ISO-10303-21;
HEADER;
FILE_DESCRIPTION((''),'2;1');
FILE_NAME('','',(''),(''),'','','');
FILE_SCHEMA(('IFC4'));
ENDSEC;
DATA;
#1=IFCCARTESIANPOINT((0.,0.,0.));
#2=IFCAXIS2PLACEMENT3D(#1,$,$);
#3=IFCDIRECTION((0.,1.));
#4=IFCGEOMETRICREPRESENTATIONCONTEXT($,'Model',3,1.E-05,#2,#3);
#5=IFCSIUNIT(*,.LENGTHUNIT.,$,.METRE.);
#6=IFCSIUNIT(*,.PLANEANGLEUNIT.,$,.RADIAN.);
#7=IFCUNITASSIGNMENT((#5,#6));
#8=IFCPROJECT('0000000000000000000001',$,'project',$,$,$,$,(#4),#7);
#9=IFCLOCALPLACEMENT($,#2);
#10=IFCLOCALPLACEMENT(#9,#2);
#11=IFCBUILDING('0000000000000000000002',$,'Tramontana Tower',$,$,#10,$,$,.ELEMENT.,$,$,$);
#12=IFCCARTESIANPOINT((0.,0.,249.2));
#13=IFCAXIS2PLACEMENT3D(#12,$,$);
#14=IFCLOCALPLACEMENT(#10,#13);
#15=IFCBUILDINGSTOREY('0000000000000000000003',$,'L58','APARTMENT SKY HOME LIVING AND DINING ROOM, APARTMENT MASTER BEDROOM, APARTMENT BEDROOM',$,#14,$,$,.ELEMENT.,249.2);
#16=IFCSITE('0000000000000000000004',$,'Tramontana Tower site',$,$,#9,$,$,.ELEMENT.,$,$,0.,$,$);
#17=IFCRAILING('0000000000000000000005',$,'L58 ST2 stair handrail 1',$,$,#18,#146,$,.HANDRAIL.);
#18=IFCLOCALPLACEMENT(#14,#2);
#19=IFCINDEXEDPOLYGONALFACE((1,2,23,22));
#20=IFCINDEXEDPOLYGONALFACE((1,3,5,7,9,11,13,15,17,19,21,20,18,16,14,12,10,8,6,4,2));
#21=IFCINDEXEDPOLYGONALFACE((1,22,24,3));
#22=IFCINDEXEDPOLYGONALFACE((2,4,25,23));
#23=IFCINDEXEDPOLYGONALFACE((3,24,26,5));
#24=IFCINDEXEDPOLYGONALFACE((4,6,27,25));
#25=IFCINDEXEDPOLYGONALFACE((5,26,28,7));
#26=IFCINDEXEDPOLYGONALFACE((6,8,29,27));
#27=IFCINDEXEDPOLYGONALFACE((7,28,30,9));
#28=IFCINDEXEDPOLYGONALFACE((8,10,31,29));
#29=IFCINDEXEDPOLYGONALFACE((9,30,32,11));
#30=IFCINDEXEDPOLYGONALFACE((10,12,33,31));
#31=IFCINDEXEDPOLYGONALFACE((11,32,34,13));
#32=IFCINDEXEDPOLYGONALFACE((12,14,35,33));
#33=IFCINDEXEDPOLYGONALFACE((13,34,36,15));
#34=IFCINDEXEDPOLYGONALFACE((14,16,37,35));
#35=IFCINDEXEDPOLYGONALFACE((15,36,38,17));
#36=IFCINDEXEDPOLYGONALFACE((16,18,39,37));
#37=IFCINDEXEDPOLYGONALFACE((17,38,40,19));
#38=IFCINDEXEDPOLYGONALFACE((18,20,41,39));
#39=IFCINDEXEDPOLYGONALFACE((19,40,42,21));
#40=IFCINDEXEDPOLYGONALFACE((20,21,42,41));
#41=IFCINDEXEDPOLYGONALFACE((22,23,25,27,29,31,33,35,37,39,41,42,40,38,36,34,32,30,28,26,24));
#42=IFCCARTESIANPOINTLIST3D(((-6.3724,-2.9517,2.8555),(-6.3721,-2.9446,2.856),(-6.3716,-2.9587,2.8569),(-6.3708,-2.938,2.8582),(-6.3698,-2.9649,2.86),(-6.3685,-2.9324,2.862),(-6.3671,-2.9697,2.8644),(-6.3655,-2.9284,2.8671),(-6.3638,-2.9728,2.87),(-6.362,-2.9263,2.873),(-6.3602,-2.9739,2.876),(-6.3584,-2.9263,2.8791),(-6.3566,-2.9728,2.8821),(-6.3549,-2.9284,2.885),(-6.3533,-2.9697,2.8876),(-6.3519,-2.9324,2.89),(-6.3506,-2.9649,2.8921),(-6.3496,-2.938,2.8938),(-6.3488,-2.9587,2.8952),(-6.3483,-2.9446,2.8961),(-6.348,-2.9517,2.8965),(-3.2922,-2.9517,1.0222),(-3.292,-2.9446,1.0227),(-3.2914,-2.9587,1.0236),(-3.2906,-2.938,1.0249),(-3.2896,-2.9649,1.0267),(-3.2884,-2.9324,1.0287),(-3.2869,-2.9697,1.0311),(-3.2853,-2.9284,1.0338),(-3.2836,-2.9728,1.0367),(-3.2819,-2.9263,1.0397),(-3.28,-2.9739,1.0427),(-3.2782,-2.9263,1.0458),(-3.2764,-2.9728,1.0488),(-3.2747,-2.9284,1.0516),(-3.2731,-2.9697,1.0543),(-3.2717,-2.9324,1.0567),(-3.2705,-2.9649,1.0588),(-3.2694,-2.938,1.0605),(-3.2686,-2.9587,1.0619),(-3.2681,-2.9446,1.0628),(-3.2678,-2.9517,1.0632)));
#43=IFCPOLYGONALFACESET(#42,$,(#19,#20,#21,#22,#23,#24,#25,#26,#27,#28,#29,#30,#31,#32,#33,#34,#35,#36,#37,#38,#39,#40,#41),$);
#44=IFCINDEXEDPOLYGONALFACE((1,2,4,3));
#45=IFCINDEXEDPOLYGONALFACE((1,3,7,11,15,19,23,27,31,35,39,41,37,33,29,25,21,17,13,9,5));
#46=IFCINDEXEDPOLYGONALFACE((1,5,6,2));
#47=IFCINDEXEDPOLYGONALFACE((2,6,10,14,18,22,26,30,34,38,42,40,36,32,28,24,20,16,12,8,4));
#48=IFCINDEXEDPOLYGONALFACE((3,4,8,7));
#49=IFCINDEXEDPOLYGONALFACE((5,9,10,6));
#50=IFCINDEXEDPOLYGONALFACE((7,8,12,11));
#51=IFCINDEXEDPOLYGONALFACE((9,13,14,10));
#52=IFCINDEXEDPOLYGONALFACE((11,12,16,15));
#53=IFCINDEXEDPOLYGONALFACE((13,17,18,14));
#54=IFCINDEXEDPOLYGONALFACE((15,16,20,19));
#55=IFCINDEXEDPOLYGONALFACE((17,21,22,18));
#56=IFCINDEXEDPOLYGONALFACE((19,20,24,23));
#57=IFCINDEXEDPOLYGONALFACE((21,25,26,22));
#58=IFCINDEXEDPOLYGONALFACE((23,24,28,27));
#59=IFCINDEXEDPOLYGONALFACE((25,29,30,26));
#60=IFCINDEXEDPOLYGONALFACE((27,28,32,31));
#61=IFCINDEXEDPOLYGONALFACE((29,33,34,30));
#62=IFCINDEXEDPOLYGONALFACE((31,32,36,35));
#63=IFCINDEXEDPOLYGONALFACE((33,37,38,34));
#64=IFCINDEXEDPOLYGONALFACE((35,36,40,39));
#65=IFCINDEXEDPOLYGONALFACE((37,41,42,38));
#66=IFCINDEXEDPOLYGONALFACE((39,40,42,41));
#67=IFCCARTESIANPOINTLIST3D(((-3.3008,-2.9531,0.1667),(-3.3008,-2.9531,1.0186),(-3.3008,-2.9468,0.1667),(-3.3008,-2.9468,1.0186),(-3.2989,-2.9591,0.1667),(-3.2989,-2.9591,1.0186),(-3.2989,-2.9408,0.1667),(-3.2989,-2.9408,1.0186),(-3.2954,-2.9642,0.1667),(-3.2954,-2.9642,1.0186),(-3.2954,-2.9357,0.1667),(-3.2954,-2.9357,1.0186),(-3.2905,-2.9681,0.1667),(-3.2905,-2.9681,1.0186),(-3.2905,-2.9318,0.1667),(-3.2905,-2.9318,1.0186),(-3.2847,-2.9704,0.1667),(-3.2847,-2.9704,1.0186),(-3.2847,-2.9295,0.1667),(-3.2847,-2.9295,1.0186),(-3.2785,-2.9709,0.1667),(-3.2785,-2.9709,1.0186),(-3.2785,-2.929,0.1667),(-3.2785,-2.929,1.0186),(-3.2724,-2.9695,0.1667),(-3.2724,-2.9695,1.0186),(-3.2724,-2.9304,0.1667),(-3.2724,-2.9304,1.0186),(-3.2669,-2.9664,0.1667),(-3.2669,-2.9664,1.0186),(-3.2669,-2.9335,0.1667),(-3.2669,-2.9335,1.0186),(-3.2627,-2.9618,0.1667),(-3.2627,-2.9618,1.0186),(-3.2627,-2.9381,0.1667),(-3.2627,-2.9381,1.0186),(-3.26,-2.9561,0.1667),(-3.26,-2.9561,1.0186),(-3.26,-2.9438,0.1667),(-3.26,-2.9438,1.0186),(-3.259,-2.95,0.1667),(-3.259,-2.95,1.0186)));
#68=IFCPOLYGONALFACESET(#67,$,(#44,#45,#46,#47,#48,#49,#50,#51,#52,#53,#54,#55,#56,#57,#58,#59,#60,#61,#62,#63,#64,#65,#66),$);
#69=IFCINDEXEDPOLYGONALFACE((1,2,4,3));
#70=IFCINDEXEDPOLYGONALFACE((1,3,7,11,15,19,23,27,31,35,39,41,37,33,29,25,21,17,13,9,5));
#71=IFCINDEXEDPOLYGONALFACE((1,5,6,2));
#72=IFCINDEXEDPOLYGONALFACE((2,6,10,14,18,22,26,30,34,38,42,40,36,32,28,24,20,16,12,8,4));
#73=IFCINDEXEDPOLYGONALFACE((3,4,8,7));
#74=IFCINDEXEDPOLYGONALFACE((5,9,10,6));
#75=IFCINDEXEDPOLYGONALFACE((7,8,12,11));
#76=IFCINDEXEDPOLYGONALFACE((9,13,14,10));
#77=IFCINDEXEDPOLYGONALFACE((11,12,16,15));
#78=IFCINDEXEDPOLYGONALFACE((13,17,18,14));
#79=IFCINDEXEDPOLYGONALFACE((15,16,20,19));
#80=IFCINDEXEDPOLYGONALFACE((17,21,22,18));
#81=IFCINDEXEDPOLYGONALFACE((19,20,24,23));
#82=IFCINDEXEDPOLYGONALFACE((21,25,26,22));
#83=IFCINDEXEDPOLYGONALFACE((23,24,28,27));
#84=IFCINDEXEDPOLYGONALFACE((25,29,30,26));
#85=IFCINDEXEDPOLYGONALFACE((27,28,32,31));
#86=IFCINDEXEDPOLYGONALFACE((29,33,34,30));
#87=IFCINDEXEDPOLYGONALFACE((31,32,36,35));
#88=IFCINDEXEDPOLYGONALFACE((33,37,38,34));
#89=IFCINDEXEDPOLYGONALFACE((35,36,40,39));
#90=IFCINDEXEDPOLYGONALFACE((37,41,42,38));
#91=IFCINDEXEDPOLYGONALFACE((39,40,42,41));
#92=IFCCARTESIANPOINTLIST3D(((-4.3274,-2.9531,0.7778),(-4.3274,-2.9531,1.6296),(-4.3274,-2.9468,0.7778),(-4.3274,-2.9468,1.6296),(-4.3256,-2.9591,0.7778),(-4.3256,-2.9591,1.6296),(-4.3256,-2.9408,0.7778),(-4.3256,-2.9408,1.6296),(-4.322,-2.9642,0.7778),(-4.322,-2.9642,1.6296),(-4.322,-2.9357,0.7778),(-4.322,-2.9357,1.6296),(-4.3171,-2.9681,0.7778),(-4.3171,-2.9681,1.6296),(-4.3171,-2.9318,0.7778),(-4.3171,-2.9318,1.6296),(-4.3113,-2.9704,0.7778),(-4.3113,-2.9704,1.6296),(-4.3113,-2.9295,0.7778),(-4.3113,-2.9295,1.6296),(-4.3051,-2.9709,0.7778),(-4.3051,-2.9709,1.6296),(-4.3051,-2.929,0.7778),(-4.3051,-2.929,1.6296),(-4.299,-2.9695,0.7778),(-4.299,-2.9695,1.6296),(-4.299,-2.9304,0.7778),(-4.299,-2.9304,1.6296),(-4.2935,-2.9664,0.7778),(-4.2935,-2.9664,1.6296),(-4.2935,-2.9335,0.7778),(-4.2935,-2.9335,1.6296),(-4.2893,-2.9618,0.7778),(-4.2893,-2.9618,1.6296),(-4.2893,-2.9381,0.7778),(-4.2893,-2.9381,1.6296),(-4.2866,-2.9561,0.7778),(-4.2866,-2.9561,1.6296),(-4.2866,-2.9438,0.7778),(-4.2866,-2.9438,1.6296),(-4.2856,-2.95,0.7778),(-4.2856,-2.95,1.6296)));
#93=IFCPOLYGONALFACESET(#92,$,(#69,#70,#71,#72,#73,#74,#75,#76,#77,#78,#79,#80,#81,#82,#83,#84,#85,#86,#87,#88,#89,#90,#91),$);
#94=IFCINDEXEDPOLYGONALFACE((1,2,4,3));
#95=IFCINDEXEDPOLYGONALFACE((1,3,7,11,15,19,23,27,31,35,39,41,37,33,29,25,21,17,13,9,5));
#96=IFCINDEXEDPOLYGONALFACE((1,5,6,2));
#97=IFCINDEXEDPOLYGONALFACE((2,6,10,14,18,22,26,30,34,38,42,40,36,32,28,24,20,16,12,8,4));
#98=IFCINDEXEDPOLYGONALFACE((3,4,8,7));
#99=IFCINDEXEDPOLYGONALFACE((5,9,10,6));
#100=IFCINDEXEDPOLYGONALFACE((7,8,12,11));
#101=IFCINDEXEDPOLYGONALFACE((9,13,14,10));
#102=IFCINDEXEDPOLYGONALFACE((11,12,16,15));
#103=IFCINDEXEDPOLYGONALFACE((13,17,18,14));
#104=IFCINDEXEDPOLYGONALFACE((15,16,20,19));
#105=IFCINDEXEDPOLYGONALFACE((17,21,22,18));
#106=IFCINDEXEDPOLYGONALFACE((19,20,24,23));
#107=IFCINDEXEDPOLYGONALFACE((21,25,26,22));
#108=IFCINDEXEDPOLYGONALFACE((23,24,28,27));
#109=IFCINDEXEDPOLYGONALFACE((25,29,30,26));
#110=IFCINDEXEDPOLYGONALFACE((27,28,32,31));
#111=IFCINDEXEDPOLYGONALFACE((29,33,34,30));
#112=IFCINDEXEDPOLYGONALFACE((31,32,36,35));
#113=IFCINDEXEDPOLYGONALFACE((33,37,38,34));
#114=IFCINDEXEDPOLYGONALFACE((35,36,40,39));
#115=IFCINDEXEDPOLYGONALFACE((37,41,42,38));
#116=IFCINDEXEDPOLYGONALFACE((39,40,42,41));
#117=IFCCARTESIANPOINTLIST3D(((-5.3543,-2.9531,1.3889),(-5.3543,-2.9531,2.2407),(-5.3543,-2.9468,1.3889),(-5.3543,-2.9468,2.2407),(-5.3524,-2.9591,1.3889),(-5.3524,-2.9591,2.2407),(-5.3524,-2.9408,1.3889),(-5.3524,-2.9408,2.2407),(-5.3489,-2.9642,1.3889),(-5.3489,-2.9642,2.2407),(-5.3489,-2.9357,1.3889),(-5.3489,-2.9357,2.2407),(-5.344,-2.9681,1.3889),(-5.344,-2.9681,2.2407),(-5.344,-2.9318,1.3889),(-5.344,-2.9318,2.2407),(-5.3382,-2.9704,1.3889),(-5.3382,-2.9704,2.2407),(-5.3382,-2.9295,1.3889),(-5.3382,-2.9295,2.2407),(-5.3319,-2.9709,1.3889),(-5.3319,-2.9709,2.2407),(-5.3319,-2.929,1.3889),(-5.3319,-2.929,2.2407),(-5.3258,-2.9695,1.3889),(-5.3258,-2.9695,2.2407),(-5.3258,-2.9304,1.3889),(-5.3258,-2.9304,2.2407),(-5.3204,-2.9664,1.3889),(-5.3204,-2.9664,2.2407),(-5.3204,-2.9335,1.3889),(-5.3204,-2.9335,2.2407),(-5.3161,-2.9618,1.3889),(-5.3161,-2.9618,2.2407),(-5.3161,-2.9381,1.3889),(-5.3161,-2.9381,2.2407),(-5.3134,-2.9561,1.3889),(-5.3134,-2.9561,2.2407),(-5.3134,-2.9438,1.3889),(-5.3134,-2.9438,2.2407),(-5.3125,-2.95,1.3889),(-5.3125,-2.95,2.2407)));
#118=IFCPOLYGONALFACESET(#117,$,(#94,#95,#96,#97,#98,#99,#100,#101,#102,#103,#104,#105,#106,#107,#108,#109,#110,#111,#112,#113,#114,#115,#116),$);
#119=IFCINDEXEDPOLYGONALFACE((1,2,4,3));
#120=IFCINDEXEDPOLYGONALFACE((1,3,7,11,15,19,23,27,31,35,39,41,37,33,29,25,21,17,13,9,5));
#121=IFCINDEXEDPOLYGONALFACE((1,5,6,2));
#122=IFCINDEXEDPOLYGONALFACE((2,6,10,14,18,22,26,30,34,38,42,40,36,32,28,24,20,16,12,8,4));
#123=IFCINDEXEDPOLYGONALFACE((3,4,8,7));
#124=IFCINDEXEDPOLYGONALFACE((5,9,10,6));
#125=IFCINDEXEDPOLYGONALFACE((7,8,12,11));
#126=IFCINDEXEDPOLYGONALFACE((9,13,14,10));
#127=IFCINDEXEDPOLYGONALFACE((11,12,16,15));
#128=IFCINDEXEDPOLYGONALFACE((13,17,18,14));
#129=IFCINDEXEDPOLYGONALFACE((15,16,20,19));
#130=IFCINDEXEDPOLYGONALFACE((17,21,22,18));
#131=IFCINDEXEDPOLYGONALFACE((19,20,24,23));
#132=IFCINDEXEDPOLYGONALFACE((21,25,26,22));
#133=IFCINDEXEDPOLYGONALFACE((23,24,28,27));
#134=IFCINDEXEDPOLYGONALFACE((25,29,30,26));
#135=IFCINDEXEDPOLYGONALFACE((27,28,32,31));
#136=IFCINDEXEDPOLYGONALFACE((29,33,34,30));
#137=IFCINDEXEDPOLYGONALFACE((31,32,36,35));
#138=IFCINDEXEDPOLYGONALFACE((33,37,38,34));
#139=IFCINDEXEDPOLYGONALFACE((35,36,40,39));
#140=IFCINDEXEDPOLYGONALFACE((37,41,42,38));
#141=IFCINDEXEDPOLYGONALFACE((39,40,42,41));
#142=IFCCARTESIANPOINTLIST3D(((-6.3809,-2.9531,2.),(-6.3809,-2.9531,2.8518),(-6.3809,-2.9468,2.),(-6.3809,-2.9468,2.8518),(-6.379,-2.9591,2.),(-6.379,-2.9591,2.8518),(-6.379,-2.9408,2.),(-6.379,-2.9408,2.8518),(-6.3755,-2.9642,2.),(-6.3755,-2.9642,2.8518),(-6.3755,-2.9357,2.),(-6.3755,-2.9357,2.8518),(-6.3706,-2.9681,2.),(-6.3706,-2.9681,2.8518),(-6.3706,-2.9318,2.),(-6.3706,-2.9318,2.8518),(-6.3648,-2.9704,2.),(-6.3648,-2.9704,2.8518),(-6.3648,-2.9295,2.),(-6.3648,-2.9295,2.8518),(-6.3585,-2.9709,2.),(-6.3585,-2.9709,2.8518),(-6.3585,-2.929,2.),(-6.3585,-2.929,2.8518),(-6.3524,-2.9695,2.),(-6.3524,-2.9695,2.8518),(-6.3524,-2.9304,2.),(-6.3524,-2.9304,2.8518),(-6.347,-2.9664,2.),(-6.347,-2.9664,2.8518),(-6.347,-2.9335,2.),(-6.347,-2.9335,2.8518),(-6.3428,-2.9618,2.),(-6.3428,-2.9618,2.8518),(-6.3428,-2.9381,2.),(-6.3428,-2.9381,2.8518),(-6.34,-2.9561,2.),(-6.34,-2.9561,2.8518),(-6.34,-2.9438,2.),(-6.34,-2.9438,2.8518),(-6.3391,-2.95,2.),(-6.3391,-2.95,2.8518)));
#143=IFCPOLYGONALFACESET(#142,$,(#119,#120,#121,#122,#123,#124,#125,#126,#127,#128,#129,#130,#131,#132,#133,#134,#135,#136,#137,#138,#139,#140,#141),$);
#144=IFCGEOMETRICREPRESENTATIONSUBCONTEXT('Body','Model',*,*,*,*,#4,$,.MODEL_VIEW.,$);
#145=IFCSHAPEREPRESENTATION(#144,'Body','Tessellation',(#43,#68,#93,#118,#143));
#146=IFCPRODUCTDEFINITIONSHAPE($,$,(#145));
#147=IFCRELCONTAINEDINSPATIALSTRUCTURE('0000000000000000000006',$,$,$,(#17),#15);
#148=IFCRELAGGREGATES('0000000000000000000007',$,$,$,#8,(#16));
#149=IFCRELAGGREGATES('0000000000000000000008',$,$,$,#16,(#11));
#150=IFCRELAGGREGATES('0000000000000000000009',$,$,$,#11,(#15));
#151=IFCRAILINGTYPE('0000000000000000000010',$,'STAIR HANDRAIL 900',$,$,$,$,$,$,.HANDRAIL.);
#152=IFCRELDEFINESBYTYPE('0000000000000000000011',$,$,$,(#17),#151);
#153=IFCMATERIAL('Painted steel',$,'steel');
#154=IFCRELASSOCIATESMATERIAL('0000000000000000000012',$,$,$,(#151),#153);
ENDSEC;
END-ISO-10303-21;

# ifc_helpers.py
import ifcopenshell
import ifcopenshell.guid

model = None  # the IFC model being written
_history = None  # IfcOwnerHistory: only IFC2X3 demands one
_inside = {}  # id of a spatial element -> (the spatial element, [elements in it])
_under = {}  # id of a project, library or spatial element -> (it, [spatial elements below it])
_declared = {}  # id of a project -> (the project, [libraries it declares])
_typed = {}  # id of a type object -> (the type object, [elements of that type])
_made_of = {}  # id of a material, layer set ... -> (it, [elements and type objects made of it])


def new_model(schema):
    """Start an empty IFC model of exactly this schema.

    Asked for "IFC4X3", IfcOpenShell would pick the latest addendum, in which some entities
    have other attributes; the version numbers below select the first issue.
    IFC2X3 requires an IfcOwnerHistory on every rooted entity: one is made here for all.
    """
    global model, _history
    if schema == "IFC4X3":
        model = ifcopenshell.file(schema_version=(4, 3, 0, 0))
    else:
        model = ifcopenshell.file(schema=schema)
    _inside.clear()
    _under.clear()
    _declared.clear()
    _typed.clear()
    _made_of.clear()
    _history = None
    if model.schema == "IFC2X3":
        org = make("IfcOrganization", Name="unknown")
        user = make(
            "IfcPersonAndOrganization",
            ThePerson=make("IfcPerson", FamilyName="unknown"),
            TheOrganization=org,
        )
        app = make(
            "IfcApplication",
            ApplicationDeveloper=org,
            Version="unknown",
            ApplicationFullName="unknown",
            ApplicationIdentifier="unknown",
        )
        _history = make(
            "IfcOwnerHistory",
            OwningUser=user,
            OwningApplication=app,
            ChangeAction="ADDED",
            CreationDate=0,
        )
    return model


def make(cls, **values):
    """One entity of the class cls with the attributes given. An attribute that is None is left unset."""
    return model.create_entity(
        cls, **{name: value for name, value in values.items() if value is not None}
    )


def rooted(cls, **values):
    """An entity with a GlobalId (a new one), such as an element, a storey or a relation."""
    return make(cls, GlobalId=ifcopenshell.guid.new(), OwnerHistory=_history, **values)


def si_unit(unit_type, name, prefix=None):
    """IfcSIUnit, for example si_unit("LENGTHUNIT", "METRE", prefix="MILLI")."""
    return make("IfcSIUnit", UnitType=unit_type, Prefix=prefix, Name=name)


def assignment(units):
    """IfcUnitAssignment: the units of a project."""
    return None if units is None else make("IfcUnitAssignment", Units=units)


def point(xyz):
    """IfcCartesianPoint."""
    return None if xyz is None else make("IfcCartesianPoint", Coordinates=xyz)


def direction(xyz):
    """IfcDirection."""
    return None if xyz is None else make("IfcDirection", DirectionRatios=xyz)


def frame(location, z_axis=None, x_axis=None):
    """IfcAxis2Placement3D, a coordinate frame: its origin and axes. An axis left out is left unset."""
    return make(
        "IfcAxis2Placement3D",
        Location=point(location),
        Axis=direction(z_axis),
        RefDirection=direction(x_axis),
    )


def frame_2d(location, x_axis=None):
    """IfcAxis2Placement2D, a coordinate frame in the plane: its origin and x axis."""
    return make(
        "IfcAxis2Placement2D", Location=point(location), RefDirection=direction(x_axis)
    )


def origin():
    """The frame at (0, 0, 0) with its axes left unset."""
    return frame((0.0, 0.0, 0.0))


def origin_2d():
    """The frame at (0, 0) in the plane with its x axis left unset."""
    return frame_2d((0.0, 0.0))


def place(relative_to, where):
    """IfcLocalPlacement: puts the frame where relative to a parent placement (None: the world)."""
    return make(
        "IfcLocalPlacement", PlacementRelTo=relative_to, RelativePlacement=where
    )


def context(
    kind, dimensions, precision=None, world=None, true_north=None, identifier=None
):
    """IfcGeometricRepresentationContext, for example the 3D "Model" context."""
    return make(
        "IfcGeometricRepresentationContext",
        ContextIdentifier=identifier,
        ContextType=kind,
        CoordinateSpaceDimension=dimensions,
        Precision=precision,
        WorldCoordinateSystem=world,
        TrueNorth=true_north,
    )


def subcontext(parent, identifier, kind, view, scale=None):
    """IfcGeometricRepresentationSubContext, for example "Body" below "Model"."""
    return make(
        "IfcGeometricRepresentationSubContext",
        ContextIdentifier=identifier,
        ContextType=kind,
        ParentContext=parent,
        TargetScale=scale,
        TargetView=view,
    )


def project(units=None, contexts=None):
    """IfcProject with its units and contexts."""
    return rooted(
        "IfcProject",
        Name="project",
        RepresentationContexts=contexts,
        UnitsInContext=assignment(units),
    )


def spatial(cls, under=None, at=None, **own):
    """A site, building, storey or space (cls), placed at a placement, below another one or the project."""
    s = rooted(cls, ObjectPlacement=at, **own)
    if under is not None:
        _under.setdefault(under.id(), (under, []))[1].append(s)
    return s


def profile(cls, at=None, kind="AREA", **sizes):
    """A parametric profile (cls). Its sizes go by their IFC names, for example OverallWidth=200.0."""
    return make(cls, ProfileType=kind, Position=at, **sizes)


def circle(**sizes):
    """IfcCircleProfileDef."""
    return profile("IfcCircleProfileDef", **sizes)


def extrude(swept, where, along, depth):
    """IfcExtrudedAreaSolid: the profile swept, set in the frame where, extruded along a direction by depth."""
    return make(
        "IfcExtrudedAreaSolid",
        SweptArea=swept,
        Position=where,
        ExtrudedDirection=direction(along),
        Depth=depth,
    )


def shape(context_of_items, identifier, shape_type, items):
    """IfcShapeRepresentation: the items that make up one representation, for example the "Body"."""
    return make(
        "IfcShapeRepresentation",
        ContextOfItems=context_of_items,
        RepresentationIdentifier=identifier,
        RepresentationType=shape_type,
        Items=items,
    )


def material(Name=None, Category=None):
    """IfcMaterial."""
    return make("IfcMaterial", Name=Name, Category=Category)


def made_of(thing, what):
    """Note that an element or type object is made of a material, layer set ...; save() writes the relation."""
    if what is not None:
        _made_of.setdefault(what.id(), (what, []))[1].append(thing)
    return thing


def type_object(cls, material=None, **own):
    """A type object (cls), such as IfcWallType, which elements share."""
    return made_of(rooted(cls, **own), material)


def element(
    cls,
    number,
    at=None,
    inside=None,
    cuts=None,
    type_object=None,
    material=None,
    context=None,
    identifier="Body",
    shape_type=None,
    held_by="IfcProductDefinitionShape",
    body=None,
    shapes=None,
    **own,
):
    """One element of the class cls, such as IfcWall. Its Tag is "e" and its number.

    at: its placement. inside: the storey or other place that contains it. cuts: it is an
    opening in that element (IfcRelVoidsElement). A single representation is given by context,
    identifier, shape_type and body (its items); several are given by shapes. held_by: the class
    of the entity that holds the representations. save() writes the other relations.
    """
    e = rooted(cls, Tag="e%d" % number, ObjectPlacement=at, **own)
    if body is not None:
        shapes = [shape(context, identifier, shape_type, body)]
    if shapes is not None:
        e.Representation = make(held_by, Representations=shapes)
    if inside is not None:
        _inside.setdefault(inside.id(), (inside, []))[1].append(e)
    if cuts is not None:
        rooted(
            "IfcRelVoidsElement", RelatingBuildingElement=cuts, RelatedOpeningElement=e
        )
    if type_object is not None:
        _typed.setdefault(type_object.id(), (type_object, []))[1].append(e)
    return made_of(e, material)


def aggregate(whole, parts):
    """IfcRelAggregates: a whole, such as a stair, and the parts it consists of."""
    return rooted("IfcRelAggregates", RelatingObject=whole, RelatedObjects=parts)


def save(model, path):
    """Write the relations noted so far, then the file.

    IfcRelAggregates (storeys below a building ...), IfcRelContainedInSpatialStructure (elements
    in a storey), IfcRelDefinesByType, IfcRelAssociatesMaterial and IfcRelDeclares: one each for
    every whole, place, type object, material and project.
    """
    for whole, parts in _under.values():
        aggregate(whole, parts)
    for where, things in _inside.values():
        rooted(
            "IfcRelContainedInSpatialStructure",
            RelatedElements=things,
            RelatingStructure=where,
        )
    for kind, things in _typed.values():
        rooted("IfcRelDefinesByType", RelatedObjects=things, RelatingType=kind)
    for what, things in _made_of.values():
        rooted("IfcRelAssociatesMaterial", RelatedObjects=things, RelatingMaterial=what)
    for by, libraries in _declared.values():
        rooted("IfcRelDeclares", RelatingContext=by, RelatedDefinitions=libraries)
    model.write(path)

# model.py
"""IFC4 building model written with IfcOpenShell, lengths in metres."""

from ifc_helpers import new_model, si_unit, direction, frame, origin, origin_2d, place, context, subcontext, project, spatial, circle, extrude, material, type_object, element, save


model = new_model("IFC4")

# Units and contexts
model_context = context("Model", 3, precision=1e-05, world=origin(), true_north=direction((0.0, 1.0)))
body_context = subcontext(model_context, "Body", "Model", "MODEL_VIEW")
ifc_project = project(units=[si_unit("LENGTHUNIT", "METRE"), si_unit("PLANEANGLEUNIT", "RADIAN")], contexts=[model_context])

# Site, building, storey
site_placement = place(None, origin())
site = spatial("IfcSite", under=ifc_project, at=site_placement, Name="Tramontana Tower site", CompositionType="ELEMENT", RefElevation=0.0)
building_placement = place(site_placement, origin())
building = spatial("IfcBuilding", under=site, at=building_placement, Name="Tramontana Tower", CompositionType="ELEMENT")
storey_placement = place(building_placement, frame((0.0, 0.0, 249.2)))
storey = spatial("IfcBuildingStorey", under=building, at=storey_placement, Name="L58", Description="APARTMENT SKY HOME LIVING AND DINING ROOM, APARTMENT MASTER BEDROOM, APARTMENT BEDROOM", CompositionType="ELEMENT", Elevation=249.2)

# Railing
ifc_material_1 = material(Name="Painted steel", Category="steel")
railing_type_1 = type_object("IfcRailingType", Name="STAIR HANDRAIL 900", PredefinedType="HANDRAIL", material=ifc_material_1)
railing_1_placement = place(storey_placement, frame((-3.28, -2.95, 0.1667)))
element("IfcRailing", 1, at=railing_1_placement, inside=storey, type_object=railing_type_1, Name="L58 ST2 stair handrail 1", PredefinedType="HANDRAIL", context=body_context, shape_type="SweptSolid", body=[
    extrude(circle(Radius=0.0239, at=origin_2d()), frame((0.0, 0.0, 0.876), z_axis=(-0.859309, 0.0, 0.511458), x_axis=(0.0, -1.0, 0.0)), (0.0, 0.0, 1.0), 3.5845),
    extrude(circle(Radius=0.021, at=origin_2d()), origin(), (0.0, 0.0, 1.0), 0.8518),
    extrude(circle(Radius=0.021, at=origin_2d()), frame((-1.0266, 0.0, 0.6111)), (0.0, 0.0, 1.0), 0.8518),
    extrude(circle(Radius=0.021, at=origin_2d()), frame((-2.0535, 0.0, 1.2222)), (0.0, 0.0, 1.0), 0.8518),
    extrude(circle(Radius=0.021, at=origin_2d()), frame((-3.0801, 0.0, 1.8333)), (0.0, 0.0, 1.0), 0.8518),
])

save(model, "model.ifc")
